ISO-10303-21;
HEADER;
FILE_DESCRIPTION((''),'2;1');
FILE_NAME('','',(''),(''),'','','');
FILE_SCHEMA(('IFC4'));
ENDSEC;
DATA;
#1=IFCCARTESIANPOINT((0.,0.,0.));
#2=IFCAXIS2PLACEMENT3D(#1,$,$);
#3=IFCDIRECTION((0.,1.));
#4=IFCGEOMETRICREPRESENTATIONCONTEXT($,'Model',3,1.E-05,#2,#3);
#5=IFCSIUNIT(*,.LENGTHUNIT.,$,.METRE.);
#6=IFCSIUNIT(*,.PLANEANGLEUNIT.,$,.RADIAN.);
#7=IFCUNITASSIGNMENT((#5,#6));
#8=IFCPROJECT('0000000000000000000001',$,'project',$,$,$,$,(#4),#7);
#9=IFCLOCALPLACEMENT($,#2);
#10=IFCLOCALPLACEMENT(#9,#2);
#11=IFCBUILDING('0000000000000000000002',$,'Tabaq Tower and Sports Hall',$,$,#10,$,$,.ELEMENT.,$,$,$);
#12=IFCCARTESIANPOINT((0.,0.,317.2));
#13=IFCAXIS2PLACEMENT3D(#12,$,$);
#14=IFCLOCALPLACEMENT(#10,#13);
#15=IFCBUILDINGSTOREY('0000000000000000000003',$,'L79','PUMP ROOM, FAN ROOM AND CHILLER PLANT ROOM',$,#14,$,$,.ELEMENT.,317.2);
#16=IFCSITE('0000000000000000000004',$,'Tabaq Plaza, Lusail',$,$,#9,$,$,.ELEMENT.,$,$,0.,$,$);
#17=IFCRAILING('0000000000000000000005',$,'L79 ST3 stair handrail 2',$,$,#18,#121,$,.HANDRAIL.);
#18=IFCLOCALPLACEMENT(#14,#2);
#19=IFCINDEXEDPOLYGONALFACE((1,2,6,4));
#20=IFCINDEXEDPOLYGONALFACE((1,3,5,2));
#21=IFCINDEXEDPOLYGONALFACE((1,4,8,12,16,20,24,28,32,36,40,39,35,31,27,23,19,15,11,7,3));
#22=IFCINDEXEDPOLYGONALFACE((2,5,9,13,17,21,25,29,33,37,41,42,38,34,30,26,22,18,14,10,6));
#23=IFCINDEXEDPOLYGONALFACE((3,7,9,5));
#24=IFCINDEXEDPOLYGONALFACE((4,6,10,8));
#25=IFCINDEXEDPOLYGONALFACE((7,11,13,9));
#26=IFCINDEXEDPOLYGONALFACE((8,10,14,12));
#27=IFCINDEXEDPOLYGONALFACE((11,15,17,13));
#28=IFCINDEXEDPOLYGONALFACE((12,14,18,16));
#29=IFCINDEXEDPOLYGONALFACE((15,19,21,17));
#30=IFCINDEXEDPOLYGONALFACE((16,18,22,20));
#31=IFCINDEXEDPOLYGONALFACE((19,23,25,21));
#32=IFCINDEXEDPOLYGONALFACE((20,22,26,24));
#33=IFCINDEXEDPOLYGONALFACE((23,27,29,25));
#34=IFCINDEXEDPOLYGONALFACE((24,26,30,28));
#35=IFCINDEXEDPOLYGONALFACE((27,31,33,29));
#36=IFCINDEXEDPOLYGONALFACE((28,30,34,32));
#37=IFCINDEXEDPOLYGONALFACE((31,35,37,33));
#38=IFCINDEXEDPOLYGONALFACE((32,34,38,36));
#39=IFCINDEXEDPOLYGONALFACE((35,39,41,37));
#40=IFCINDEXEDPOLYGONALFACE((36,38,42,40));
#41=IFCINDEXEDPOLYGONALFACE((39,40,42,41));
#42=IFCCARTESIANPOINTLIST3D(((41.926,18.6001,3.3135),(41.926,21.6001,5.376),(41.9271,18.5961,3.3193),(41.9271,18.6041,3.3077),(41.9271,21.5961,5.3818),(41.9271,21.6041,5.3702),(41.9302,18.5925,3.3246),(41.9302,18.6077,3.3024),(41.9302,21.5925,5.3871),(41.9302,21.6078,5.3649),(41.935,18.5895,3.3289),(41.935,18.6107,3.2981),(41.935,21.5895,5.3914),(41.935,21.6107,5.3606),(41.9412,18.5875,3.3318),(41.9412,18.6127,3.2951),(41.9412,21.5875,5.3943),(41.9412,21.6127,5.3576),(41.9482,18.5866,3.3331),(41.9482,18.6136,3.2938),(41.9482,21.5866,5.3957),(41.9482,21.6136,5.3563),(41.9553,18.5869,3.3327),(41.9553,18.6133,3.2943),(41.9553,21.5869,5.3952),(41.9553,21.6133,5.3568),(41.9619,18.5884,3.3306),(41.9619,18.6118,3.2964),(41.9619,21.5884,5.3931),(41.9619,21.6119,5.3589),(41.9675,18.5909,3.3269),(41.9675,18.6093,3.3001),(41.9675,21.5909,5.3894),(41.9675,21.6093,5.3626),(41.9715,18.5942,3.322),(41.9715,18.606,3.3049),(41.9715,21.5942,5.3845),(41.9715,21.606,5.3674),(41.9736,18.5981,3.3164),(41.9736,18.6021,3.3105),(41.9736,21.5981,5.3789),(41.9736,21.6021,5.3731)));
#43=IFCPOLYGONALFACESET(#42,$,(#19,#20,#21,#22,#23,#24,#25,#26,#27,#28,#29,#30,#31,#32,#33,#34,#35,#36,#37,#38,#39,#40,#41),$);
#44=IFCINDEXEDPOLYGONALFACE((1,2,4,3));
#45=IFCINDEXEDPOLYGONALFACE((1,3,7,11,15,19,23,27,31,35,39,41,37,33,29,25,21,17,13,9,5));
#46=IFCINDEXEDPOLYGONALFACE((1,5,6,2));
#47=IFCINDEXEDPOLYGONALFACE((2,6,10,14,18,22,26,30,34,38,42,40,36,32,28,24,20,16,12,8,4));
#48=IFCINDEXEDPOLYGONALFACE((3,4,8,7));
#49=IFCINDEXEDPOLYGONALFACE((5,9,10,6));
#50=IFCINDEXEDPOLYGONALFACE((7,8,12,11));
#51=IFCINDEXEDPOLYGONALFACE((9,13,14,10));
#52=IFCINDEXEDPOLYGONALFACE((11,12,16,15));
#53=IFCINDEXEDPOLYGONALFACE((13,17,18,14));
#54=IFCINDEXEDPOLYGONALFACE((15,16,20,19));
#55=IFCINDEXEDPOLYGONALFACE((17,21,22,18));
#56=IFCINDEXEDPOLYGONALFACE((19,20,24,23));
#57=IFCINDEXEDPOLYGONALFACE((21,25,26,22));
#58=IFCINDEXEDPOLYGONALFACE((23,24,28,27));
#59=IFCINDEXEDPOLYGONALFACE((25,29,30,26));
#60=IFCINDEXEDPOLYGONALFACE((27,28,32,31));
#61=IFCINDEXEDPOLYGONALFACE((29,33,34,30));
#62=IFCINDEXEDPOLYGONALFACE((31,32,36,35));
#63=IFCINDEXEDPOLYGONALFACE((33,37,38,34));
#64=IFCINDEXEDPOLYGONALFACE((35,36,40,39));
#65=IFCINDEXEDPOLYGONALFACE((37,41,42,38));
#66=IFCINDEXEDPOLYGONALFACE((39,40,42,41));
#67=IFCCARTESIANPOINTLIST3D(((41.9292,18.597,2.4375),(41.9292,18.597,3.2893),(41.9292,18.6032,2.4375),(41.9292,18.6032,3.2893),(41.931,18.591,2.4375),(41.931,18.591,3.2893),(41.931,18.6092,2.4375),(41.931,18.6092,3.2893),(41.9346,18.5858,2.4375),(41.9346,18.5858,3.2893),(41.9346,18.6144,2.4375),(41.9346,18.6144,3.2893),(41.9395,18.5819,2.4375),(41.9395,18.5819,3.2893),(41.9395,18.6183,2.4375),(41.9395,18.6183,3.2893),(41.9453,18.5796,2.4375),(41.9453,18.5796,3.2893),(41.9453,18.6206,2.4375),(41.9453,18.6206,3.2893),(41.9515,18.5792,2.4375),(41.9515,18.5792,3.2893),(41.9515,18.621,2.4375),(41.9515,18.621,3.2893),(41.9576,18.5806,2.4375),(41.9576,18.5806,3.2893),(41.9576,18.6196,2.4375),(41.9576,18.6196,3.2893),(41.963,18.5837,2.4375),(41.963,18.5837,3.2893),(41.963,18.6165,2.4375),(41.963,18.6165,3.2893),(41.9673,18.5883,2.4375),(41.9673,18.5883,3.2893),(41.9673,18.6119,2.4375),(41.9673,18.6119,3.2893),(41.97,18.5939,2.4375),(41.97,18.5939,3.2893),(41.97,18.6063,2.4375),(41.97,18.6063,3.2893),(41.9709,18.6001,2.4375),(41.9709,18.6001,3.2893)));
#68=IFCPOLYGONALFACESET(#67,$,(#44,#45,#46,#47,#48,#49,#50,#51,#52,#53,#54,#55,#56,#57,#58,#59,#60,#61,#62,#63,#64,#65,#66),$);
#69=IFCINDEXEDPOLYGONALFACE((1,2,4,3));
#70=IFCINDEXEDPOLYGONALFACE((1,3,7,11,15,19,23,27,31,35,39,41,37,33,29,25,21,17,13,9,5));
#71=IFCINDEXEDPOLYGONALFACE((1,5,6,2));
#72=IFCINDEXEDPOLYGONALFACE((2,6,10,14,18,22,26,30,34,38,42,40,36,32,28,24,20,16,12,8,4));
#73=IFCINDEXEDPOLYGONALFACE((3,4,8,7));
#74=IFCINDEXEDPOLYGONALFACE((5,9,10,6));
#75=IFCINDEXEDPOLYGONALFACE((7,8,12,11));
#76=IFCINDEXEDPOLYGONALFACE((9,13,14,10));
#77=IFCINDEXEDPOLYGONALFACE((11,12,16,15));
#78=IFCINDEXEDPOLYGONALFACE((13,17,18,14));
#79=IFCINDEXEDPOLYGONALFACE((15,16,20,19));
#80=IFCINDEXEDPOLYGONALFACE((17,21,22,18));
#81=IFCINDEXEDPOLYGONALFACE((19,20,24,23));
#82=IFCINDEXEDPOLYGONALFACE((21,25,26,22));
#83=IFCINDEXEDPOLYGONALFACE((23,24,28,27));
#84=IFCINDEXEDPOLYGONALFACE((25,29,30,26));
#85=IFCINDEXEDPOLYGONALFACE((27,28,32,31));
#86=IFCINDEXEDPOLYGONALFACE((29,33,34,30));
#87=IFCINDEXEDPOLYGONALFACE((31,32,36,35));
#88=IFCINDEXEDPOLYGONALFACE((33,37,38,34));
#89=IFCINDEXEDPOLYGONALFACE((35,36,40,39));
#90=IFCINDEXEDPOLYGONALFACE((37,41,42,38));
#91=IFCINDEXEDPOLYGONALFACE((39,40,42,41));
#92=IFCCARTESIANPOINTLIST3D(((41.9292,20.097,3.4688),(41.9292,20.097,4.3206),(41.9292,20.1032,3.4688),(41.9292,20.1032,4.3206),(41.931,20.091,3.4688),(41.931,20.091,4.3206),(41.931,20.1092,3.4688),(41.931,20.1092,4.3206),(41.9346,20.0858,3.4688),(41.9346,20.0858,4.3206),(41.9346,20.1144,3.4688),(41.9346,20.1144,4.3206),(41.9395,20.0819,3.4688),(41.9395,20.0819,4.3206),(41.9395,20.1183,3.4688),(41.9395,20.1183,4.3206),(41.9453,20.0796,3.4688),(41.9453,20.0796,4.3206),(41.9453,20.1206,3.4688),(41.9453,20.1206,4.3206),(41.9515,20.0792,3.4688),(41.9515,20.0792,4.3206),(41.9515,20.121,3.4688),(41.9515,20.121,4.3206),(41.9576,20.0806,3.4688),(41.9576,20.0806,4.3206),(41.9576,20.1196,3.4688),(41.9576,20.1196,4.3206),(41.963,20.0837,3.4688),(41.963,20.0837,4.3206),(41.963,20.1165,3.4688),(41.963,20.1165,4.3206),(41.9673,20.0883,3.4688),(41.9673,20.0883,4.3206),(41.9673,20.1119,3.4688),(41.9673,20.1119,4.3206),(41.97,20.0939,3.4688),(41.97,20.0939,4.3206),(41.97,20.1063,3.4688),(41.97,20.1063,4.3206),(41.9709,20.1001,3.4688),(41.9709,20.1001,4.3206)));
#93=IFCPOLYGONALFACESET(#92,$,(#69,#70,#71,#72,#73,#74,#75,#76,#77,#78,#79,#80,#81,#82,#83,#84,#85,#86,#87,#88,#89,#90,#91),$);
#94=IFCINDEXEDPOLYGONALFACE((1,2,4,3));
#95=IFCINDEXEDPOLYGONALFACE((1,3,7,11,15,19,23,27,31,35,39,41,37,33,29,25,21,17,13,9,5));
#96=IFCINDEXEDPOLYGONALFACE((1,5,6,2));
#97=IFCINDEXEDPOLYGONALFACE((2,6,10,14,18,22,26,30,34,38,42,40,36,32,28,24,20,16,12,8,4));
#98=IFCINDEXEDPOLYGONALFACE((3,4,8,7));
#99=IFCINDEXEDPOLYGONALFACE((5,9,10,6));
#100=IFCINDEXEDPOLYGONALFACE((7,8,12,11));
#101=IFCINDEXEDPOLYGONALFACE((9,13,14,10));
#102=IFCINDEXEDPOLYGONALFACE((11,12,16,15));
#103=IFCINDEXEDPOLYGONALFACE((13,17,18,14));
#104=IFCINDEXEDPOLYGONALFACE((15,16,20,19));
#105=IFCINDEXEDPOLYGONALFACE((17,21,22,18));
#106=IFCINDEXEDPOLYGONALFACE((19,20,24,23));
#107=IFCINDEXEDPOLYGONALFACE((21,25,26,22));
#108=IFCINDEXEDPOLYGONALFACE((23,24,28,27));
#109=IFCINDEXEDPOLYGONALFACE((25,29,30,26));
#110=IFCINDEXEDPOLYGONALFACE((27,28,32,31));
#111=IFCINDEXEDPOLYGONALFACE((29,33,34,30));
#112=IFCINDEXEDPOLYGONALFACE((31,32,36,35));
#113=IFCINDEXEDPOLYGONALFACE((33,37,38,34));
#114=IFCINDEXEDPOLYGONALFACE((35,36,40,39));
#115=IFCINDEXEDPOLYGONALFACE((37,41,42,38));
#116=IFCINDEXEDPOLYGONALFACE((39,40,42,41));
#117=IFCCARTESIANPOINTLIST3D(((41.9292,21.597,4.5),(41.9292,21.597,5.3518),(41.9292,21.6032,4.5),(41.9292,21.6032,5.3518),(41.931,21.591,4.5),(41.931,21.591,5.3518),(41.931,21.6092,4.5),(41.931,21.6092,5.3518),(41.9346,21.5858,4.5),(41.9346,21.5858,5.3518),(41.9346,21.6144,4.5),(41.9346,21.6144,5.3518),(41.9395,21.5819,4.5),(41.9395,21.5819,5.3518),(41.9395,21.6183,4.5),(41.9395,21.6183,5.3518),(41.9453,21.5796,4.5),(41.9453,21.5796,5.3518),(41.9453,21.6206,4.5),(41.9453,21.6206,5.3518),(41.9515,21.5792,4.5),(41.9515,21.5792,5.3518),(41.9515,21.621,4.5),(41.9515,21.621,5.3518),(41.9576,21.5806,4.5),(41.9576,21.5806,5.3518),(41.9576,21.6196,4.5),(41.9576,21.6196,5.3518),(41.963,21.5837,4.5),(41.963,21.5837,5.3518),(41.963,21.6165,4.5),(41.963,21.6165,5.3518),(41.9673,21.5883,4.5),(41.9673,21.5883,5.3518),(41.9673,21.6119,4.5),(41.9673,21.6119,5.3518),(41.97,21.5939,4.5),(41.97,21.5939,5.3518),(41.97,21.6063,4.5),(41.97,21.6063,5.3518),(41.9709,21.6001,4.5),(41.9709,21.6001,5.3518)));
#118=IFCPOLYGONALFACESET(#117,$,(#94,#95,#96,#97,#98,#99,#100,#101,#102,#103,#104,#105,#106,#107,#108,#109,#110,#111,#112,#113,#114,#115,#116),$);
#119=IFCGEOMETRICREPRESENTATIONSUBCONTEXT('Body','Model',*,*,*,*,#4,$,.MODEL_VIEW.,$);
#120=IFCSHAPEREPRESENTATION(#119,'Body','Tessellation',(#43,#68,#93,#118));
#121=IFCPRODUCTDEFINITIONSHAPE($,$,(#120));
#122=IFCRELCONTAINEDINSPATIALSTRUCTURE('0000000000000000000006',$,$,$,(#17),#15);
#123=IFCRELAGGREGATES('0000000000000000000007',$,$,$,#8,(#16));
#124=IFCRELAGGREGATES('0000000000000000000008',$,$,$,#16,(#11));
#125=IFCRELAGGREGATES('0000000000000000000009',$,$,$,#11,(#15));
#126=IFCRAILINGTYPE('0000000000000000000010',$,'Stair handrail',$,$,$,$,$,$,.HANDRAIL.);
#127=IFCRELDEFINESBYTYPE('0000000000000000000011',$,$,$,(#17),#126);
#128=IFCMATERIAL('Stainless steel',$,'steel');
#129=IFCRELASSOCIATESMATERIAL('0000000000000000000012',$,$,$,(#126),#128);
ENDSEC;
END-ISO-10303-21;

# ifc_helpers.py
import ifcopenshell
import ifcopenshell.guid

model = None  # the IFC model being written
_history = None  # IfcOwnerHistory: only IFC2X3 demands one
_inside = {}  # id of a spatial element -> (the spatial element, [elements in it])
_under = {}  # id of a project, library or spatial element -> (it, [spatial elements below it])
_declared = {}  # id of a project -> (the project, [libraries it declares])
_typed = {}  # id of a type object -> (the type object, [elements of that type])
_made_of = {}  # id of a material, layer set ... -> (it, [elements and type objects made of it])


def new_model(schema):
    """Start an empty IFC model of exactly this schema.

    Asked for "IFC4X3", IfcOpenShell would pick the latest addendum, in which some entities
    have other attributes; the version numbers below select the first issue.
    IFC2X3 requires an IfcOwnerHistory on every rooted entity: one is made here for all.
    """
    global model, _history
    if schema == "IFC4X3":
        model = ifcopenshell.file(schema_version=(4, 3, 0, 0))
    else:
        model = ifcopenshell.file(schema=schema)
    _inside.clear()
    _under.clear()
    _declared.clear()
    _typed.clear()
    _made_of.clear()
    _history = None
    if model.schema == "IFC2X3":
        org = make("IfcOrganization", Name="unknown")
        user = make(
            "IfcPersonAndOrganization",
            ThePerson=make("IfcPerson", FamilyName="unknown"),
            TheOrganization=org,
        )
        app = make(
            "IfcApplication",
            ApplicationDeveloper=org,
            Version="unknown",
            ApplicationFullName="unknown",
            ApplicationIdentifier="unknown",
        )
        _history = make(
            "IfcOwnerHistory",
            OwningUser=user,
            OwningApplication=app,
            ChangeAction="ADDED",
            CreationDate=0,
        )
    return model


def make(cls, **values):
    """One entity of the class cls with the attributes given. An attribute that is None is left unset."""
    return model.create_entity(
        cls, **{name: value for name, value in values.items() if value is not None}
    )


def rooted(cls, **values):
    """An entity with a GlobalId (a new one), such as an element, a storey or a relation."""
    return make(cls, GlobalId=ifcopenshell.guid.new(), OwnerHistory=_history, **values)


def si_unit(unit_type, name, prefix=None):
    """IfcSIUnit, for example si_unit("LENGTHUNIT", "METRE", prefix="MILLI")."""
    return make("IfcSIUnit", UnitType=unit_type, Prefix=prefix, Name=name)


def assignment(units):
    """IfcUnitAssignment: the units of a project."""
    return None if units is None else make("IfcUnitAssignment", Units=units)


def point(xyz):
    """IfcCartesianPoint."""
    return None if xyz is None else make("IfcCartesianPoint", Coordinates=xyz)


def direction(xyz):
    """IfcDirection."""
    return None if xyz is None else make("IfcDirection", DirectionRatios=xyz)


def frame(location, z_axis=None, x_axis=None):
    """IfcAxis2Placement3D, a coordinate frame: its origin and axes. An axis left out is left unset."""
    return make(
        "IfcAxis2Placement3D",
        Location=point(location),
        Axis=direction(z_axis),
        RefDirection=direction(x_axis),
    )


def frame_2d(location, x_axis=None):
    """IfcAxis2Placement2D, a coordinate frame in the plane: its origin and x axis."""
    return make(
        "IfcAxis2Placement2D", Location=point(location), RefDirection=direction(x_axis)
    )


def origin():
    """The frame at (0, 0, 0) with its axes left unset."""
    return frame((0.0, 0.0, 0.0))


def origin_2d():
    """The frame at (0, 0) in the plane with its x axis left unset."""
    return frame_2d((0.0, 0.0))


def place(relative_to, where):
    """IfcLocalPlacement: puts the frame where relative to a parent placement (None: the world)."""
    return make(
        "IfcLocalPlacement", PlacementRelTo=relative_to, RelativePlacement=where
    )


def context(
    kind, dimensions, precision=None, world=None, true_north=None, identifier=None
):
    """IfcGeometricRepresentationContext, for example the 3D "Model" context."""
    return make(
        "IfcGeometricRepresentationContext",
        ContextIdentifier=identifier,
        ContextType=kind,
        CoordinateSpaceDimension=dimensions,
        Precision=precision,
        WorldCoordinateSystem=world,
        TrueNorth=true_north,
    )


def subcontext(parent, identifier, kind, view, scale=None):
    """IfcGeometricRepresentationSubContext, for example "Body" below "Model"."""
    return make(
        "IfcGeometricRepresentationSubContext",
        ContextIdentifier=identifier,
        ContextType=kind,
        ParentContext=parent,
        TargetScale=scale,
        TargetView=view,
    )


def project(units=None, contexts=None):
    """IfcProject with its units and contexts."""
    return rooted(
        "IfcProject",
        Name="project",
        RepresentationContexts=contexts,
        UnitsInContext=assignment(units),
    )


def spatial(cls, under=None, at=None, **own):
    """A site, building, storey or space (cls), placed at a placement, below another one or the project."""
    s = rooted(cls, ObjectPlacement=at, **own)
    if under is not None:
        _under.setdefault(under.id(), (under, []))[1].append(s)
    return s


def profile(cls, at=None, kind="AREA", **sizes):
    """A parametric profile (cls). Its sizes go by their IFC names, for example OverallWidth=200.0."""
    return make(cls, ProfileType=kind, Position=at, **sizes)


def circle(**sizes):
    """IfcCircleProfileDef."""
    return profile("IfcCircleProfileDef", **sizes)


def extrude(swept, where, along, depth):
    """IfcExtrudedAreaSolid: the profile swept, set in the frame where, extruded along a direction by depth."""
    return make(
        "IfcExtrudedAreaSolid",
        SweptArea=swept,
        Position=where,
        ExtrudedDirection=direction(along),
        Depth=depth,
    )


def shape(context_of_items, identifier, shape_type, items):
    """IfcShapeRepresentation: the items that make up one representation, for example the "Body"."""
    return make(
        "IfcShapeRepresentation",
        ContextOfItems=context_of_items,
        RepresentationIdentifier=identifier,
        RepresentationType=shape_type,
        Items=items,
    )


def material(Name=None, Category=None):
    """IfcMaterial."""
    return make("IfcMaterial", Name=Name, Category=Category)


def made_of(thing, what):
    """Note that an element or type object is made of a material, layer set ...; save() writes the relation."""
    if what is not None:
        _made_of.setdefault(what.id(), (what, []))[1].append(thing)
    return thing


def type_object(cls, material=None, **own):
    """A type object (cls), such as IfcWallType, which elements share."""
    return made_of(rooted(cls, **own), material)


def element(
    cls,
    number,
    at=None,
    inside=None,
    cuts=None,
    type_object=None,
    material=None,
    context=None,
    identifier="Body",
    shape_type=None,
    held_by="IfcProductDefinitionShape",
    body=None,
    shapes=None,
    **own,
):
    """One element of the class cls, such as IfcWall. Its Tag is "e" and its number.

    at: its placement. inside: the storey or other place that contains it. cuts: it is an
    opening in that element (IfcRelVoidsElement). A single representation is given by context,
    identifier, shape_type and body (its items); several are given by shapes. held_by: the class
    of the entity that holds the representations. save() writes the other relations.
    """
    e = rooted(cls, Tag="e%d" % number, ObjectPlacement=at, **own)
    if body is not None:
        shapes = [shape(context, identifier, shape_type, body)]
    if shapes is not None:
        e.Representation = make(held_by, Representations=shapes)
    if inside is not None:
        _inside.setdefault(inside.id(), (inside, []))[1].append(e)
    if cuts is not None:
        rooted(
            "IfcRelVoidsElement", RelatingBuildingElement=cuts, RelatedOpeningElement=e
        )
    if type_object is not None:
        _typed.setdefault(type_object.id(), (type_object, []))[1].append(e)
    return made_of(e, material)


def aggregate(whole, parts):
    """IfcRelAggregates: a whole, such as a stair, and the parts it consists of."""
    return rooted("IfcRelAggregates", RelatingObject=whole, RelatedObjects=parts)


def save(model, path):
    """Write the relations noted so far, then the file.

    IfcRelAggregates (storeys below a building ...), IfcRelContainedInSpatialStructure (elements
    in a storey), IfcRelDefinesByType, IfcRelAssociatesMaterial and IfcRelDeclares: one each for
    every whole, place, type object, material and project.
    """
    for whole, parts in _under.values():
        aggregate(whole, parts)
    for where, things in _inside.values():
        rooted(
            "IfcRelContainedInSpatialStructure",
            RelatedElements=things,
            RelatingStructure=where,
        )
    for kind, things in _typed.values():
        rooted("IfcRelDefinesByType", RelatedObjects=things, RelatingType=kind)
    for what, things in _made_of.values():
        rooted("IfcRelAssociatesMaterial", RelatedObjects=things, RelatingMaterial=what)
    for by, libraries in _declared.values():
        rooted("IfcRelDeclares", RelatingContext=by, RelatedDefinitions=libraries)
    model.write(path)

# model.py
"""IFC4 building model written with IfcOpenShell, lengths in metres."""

from ifc_helpers import new_model, si_unit, direction, frame, origin, origin_2d, place, context, subcontext, project, spatial, circle, extrude, material, type_object, element, save


model = new_model("IFC4")

# Units and contexts
model_context = context("Model", 3, precision=1e-05, world=origin(), true_north=direction((0.0, 1.0)))
body_context = subcontext(model_context, "Body", "Model", "MODEL_VIEW")
ifc_project = project(units=[si_unit("LENGTHUNIT", "METRE"), si_unit("PLANEANGLEUNIT", "RADIAN")], contexts=[model_context])

# Site, building, storey
site_placement = place(None, origin())
site = spatial("IfcSite", under=ifc_project, at=site_placement, Name="Tabaq Plaza, Lusail", CompositionType="ELEMENT", RefElevation=0.0)
building_placement = place(site_placement, origin())
building = spatial("IfcBuilding", under=site, at=building_placement, Name="Tabaq Tower and Sports Hall", CompositionType="ELEMENT")
storey_placement = place(building_placement, frame((0.0, 0.0, 317.2)))
storey = spatial("IfcBuildingStorey", under=building, at=storey_placement, Name="L79", Description="PUMP ROOM, FAN ROOM AND CHILLER PLANT ROOM", CompositionType="ELEMENT", Elevation=317.2)

# Railing
ifc_material_1 = material(Name="Stainless steel", Category="steel")
railing_type_1 = type_object("IfcRailingType", Name="Stair handrail", PredefinedType="HANDRAIL", material=ifc_material_1)
railing_1_placement = place(storey_placement, frame((41.95, 18.6001, 2.4375)))
element("IfcRailing", 1, at=railing_1_placement, inside=storey, type_object=railing_type_1, Name="L79 ST3 stair handrail 2", PredefinedType="HANDRAIL", context=body_context, shape_type="SweptSolid", body=[
    extrude(circle(Radius=0.0239, at=origin_2d()), frame((0.0, 0.0, 0.876), z_axis=(0.0, 0.824042, 0.566529), x_axis=(-1.0, 0.0, 0.0)), (0.0, 0.0, 1.0), 3.6406),
    extrude(circle(Radius=0.021, at=origin_2d()), origin(), (0.0, 0.0, 1.0), 0.8518),
    extrude(circle(Radius=0.021, at=origin_2d()), frame((0.0, 1.5, 1.0312)), (0.0, 0.0, 1.0), 0.8518),
    extrude(circle(Radius=0.021, at=origin_2d()), frame((0.0, 3.0, 2.0625)), (0.0, 0.0, 1.0), 0.8518),
])

save(model, "model.ifc")
